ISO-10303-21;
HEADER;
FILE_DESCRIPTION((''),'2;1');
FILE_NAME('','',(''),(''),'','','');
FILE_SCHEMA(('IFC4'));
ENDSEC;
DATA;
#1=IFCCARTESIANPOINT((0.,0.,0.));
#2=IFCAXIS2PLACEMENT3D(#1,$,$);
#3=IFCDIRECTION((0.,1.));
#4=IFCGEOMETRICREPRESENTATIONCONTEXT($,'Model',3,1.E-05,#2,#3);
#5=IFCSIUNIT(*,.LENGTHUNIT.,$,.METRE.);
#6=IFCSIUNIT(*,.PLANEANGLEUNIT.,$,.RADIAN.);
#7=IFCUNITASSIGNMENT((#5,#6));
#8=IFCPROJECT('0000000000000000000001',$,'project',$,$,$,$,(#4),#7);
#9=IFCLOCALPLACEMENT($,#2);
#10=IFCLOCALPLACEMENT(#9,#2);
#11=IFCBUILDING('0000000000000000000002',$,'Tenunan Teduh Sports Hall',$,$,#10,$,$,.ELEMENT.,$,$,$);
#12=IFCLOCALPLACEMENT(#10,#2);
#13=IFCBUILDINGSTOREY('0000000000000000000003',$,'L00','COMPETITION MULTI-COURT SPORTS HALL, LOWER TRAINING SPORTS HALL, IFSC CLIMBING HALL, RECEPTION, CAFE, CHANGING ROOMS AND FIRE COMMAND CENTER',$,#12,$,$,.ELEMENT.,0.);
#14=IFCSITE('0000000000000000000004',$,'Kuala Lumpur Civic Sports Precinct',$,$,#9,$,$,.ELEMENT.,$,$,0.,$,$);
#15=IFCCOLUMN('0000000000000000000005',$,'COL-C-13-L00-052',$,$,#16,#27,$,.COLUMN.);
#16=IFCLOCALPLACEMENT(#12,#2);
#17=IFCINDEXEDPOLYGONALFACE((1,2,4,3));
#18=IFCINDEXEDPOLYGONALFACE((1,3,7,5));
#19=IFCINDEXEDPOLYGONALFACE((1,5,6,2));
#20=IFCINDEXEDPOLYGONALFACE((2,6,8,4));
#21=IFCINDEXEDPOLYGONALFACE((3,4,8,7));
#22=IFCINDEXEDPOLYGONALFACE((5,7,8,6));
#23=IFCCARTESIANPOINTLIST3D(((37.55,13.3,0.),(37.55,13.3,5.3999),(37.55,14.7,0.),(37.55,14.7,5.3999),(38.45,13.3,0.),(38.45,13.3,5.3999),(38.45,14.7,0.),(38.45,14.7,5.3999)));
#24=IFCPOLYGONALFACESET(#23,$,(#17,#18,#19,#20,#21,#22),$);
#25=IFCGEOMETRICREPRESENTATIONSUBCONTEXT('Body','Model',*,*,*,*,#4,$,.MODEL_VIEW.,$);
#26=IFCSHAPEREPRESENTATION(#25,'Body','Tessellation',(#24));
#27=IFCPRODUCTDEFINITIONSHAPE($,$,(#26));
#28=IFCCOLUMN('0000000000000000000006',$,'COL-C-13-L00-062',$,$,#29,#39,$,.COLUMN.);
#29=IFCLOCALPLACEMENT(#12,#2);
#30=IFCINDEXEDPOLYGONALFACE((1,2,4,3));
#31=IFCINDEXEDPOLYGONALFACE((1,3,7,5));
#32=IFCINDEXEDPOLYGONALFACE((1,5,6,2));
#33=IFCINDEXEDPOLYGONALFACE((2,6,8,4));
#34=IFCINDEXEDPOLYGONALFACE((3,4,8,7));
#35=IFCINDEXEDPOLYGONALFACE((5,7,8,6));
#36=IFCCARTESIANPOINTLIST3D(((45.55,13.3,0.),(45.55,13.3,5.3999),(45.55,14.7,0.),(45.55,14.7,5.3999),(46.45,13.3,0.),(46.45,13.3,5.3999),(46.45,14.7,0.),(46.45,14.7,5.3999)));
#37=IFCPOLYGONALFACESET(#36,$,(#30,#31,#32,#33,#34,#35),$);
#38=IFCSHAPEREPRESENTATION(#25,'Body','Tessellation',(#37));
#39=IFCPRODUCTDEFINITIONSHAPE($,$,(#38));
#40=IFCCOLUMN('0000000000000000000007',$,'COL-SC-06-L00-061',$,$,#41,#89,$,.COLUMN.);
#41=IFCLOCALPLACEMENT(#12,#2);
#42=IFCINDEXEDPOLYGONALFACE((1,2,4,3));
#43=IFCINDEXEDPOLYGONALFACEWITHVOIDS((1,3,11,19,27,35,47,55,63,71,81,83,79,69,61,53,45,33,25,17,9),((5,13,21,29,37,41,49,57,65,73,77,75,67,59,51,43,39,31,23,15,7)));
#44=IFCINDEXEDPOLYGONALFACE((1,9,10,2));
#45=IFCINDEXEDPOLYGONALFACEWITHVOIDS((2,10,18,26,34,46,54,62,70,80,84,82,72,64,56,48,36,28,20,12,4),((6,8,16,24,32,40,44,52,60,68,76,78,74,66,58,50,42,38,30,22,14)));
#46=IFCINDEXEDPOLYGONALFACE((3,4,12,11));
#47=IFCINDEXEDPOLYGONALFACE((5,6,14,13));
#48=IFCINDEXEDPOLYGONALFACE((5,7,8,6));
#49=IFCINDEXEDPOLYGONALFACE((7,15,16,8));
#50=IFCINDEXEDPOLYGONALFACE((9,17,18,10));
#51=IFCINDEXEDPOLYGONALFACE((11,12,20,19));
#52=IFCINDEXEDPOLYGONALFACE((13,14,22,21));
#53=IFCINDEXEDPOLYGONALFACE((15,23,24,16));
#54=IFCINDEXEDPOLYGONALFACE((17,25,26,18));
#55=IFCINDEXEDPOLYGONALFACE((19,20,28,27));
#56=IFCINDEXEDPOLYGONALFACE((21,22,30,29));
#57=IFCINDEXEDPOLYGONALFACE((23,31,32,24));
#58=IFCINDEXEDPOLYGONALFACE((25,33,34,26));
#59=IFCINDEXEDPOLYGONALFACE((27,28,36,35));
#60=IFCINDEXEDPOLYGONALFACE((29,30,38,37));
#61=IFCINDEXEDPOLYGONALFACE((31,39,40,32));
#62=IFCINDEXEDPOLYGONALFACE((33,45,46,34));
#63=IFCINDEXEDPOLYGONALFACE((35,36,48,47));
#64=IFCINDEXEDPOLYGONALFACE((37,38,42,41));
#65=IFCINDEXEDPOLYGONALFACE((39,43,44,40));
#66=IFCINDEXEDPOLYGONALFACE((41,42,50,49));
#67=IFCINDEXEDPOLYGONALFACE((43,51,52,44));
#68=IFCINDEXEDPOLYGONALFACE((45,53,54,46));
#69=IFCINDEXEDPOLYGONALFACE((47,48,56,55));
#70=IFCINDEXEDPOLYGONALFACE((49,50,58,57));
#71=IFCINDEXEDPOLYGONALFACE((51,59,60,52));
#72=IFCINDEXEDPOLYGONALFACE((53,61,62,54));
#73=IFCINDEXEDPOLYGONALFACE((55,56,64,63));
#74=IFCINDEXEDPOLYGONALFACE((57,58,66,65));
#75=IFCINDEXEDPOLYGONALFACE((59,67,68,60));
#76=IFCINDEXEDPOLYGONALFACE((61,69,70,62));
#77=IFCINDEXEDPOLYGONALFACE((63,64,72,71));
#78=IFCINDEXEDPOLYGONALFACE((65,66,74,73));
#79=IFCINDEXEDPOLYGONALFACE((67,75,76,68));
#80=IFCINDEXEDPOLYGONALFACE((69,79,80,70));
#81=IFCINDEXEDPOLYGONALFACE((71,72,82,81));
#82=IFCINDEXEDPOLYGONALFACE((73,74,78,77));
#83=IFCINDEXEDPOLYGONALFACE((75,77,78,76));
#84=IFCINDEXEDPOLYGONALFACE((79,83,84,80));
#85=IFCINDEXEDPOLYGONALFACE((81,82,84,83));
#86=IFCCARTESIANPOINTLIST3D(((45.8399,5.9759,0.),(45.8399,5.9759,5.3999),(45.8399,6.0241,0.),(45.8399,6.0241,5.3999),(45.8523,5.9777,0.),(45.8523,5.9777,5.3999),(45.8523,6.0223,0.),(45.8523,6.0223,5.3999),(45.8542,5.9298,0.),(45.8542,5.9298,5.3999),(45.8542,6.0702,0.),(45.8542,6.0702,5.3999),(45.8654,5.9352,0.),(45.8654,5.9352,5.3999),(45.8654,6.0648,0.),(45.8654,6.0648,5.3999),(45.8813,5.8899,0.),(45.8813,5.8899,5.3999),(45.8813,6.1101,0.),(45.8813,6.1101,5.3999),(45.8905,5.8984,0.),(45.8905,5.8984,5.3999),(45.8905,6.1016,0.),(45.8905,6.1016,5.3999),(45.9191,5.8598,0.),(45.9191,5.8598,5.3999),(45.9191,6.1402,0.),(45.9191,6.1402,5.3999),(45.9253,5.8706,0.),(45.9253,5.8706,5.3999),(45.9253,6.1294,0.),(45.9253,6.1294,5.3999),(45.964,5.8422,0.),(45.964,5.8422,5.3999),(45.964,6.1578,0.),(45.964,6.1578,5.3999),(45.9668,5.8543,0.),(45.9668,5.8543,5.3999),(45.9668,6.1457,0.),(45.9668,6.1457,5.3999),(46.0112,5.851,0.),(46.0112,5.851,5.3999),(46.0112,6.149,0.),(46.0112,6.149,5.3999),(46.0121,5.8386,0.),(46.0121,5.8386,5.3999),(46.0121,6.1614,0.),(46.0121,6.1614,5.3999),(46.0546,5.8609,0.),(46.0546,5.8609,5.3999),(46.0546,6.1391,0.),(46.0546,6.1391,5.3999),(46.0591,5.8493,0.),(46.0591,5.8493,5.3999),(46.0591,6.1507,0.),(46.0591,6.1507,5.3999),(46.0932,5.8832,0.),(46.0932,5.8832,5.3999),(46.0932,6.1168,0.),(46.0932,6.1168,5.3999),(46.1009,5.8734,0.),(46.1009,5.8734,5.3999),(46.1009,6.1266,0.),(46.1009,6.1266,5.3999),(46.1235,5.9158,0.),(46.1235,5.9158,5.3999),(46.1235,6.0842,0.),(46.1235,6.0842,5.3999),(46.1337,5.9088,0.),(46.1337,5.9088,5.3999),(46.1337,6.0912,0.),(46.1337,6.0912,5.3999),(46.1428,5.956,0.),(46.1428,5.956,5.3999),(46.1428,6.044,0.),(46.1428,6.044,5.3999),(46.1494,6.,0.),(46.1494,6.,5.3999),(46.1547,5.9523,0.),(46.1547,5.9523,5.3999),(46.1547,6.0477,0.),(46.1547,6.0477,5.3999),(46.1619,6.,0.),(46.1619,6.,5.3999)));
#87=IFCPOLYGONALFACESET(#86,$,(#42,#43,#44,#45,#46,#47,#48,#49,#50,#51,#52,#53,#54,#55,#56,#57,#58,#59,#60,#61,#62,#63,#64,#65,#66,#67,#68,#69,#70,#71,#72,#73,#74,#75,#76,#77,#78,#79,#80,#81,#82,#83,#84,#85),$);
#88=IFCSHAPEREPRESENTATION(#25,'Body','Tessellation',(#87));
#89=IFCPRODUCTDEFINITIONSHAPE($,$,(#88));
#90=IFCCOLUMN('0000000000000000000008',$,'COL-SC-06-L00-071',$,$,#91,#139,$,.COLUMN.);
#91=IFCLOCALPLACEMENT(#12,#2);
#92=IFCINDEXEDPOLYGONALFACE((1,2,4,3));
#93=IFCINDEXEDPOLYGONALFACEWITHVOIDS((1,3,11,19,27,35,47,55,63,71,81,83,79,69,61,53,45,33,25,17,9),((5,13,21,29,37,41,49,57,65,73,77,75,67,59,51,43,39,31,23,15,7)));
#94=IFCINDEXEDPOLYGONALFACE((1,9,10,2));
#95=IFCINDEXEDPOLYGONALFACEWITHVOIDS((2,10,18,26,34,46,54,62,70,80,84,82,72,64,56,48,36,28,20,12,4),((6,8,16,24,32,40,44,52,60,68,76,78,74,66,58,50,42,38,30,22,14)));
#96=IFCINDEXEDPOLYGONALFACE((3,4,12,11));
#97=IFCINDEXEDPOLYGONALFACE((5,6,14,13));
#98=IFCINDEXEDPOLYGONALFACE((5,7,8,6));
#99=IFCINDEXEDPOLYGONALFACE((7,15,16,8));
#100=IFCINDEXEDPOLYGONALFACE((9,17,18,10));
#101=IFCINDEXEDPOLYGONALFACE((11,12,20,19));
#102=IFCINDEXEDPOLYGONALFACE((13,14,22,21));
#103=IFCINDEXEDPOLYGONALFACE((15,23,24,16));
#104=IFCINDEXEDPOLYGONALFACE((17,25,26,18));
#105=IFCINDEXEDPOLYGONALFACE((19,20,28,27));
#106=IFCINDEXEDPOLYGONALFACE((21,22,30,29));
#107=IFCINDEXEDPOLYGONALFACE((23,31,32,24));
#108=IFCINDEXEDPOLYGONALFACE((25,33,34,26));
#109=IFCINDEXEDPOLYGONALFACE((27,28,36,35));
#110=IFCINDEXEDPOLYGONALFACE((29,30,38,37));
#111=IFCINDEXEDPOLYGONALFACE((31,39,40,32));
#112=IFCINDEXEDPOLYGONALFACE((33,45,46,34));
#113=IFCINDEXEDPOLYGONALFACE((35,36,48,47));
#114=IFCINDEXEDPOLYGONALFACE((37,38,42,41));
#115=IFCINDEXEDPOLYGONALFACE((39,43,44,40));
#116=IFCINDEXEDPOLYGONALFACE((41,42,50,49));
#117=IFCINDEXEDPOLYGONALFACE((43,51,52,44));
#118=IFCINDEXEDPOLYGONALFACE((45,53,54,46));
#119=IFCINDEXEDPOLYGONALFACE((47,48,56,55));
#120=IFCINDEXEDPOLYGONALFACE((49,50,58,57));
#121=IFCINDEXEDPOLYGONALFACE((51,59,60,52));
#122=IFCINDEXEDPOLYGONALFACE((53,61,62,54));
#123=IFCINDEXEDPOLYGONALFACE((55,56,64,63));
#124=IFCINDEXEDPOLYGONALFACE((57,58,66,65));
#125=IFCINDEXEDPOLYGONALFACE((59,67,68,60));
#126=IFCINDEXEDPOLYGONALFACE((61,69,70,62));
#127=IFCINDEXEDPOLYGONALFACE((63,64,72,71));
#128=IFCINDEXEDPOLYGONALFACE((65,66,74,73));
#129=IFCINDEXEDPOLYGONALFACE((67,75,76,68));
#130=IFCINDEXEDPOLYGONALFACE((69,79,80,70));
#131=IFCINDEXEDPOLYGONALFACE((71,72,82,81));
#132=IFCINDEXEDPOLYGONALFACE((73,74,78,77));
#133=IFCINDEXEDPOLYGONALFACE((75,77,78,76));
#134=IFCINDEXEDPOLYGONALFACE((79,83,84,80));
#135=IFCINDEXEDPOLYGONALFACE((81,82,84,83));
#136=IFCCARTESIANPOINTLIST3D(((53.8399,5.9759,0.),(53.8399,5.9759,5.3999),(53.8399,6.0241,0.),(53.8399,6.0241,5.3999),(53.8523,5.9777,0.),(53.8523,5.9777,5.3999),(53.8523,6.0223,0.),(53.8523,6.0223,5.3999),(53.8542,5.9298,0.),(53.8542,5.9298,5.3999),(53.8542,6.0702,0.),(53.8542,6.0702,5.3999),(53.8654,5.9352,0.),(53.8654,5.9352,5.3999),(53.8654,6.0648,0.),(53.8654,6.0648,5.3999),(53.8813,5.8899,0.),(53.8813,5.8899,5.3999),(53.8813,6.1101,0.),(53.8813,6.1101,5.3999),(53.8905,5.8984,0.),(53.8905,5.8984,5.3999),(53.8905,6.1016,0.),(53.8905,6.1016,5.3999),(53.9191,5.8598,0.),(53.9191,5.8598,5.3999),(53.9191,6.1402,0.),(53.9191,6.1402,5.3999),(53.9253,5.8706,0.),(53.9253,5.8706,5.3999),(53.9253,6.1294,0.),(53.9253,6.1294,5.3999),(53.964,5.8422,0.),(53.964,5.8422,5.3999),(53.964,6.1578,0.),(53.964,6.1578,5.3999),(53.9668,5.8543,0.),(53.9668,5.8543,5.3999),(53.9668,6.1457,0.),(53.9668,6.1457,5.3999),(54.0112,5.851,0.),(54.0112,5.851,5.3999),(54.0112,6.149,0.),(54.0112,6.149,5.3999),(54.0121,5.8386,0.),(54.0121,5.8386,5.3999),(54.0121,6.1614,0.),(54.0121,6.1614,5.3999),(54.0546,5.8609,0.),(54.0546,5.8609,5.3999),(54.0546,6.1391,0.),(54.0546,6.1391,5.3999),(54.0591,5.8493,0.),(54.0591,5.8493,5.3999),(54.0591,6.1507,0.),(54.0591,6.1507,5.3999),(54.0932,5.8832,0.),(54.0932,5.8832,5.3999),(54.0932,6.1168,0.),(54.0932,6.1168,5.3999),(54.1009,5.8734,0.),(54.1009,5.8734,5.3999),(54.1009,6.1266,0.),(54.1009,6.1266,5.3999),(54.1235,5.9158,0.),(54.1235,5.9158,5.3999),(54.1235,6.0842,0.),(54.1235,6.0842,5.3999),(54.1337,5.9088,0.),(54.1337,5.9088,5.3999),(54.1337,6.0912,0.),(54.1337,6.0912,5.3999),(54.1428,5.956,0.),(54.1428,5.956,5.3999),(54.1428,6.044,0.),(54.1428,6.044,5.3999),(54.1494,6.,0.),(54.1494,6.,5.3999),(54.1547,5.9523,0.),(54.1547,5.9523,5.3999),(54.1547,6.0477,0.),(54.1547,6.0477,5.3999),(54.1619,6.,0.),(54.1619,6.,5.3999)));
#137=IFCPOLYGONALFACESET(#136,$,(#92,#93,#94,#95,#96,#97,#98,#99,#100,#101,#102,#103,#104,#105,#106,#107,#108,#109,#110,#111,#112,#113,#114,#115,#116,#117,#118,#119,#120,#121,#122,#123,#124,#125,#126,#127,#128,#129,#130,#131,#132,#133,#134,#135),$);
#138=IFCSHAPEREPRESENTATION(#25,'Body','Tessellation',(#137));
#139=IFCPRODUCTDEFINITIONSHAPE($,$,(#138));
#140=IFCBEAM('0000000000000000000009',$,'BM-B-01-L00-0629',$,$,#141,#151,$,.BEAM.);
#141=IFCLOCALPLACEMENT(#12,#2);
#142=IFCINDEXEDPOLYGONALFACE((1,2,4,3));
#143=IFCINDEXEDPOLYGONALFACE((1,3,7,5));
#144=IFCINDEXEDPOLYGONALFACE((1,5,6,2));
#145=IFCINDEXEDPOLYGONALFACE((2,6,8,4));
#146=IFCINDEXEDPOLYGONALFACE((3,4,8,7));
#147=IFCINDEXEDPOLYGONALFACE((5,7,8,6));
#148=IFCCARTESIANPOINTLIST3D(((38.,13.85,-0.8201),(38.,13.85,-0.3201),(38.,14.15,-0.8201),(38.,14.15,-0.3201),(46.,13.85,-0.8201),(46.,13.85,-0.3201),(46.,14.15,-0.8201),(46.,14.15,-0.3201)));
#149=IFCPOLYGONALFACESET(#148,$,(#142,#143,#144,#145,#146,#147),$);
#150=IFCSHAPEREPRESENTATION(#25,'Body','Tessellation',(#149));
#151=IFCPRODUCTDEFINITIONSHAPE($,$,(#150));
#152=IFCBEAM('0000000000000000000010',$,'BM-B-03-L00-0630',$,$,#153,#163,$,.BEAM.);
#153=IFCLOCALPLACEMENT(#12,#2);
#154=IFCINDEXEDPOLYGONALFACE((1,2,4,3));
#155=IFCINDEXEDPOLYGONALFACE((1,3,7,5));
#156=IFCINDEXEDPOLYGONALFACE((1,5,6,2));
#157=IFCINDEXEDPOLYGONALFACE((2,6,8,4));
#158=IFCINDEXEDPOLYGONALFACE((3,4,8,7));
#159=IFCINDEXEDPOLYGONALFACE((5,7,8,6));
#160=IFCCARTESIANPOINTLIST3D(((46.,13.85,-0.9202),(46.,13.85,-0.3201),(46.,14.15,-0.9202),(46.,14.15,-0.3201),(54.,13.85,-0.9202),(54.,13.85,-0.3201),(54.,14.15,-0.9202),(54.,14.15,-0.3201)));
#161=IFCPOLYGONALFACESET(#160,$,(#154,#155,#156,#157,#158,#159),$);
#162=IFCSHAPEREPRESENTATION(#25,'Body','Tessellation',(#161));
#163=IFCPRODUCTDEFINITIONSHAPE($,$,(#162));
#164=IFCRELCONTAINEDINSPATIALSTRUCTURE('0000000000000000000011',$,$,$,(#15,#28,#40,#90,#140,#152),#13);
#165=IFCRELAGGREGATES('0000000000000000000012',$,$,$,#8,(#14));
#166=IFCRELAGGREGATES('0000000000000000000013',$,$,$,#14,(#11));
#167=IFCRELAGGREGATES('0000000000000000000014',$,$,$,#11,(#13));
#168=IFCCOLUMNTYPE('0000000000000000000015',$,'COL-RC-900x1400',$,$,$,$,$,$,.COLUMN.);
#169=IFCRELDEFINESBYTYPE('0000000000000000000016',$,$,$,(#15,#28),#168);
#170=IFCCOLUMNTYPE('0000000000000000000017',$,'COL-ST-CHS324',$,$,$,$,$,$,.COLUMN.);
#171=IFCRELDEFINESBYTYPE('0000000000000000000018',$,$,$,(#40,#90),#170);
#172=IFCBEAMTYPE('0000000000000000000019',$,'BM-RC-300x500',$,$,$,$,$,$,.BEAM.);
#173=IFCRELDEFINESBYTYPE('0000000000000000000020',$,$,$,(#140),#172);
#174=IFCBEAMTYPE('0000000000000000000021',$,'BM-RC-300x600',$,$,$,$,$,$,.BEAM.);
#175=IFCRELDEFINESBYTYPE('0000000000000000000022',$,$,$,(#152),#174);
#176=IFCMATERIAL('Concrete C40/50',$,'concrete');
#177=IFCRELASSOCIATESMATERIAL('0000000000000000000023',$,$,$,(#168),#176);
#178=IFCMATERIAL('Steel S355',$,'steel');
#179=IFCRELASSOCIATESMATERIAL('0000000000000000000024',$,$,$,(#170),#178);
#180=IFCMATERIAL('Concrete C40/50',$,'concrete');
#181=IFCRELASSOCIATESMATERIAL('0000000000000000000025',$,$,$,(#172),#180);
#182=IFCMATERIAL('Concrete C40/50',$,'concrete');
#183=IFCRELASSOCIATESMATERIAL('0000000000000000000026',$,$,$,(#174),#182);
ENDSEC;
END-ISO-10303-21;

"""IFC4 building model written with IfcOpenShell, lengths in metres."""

from ifc_helpers import new_model, si_unit, direction, frame, origin, origin_2d, place, context, subcontext, project, spatial, rectangle, hollow_circle, extrude, material, material_profile, profile_set, type_object, element, save


model = new_model("IFC4")

# Units and contexts
model_context = context("Model", 3, precision=1e-05, world=origin(), true_north=direction((0.0, 1.0)))
body_context = subcontext(model_context, "Body", "Model", "MODEL_VIEW")
ifc_project = project(units=[si_unit("LENGTHUNIT", "METRE"), si_unit("PLANEANGLEUNIT", "RADIAN")], contexts=[model_context])

# Site, building, storey
site_placement = place(None, origin())
site = spatial("IfcSite", under=ifc_project, at=site_placement, Name="Kuala Lumpur Civic Sports Precinct", CompositionType="ELEMENT", RefElevation=0.0)
building_placement = place(site_placement, origin())
building = spatial("IfcBuilding", under=site, at=building_placement, Name="Tenunan Teduh Sports Hall", CompositionType="ELEMENT")
storey_placement = place(building_placement, origin())
storey = spatial("IfcBuildingStorey", under=building, at=storey_placement, Name="L00", Description="COMPETITION MULTI-COURT SPORTS HALL, LOWER TRAINING SPORTS HALL, IFSC CLIMBING HALL, RECEPTION, CAFE, CHANGING ROOMS AND FIRE COMMAND CENTER", CompositionType="ELEMENT", Elevation=0.0)

# Columns
ifc_material_1 = material(Name="Concrete C40/50", Category="concrete")
ifc_material_profile_1 = material_profile(ifc_material_1, rectangle(XDim=0.8999, YDim=1.3999, at=origin_2d()), Name="RC 900x1400")
ifc_profile_set_1 = profile_set([ifc_material_profile_1], Name="Concrete C40/50")
column_type_1 = type_object("IfcColumnType", Name="COL-RC-900x1400", PredefinedType="COLUMN", material=ifc_profile_set_1)
for number, where, z_axis, x_axis, name in (
    (1, (38.0, 14.0, 0.0), (0.0, 0.0, 1.0), (1.0, 0.0, 0.0), "COL-C-13-L00-052"),
    (2, (46.0, 14.0, 0.0), (0.0, 0.0, 1.0), (1.0, 0.0, 0.0), "COL-C-13-L00-062"),
):
    element("IfcColumn", number, at=place(storey_placement, frame(where, z_axis=z_axis, x_axis=x_axis)), inside=storey, type_object=column_type_1, Name=name, PredefinedType="COLUMN", context=body_context, shape_type="SweptSolid", body=[
        extrude(rectangle(XDim=0.8999, YDim=1.3999, at=origin_2d()), origin(), (0.0, 0.0, 1.0), 5.3999),
    ])
ifc_material_2 = material(Name="Steel S355", Category="steel")
ifc_material_profile_2 = material_profile(ifc_material_2, hollow_circle(Radius=0.1619, WallThickness=0.0125, at=origin_2d()), Name="CHS 323.9x12.5")
ifc_profile_set_2 = profile_set([ifc_material_profile_2], Name="Steel S355")
column_type_2 = type_object("IfcColumnType", Name="COL-ST-CHS324", PredefinedType="COLUMN", material=ifc_profile_set_2)
for number, where, z_axis, x_axis, name in (
    (3, (46.0, 6.0, 0.0), (0.0, 0.0, 1.0), (1.0, 0.0, 0.0), "COL-SC-06-L00-061"),
    (4, (54.0, 6.0, 0.0), (0.0, 0.0, 1.0), (1.0, 0.0, 0.0), "COL-SC-06-L00-071"),
):
    element("IfcColumn", number, at=place(storey_placement, frame(where, z_axis=z_axis, x_axis=x_axis)), inside=storey, type_object=column_type_2, Name=name, PredefinedType="COLUMN", context=body_context, shape_type="SweptSolid", body=[
        extrude(hollow_circle(Radius=0.1619, WallThickness=0.0125, at=origin_2d()), origin(), (0.0, 0.0, 1.0), 5.3999),
    ])

# Beams
ifc_material_3 = material(Name="Concrete C40/50", Category="concrete")
ifc_material_profile_3 = material_profile(ifc_material_3, rectangle(XDim=0.3, YDim=0.5, at=origin_2d()), Name="RCB 300x500")
ifc_profile_set_3 = profile_set([ifc_material_profile_3], Name="Concrete C40/50")
beam_type_1 = type_object("IfcBeamType", Name="BM-RC-300x500", PredefinedType="BEAM", material=ifc_profile_set_3)
beam_1_placement = place(storey_placement, frame((38.0, 14.0, -0.5701), z_axis=(1.0, 0.0, 0.0), x_axis=(0.0, 1.0, 0.0)))
element("IfcBeam", 5, at=beam_1_placement, inside=storey, type_object=beam_type_1, Name="BM-B-01-L00-0629", PredefinedType="BEAM", context=body_context, shape_type="SweptSolid", body=[
    extrude(rectangle(XDim=0.3, YDim=0.5, at=origin_2d()), origin(), (0.0, 0.0, 1.0), 8.0),
])
ifc_material_4 = material(Name="Concrete C40/50", Category="concrete")
ifc_material_profile_4 = material_profile(ifc_material_4, rectangle(XDim=0.3, YDim=0.6001, at=origin_2d()), Name="RCB 300x600")
ifc_profile_set_4 = profile_set([ifc_material_profile_4], Name="Concrete C40/50")
beam_type_2 = type_object("IfcBeamType", Name="BM-RC-300x600", PredefinedType="BEAM", material=ifc_profile_set_4)
beam_2_placement = place(storey_placement, frame((46.0, 14.0, -0.6201), z_axis=(1.0, 0.0, 0.0), x_axis=(0.0, 1.0, 0.0)))
element("IfcBeam", 6, at=beam_2_placement, inside=storey, type_object=beam_type_2, Name="BM-B-03-L00-0630", PredefinedType="BEAM", context=body_context, shape_type="SweptSolid", body=[
    extrude(rectangle(XDim=0.3, YDim=0.6001, at=origin_2d()), origin(), (0.0, 0.0, 1.0), 8.0),
])

save(model, "model.ifc")
